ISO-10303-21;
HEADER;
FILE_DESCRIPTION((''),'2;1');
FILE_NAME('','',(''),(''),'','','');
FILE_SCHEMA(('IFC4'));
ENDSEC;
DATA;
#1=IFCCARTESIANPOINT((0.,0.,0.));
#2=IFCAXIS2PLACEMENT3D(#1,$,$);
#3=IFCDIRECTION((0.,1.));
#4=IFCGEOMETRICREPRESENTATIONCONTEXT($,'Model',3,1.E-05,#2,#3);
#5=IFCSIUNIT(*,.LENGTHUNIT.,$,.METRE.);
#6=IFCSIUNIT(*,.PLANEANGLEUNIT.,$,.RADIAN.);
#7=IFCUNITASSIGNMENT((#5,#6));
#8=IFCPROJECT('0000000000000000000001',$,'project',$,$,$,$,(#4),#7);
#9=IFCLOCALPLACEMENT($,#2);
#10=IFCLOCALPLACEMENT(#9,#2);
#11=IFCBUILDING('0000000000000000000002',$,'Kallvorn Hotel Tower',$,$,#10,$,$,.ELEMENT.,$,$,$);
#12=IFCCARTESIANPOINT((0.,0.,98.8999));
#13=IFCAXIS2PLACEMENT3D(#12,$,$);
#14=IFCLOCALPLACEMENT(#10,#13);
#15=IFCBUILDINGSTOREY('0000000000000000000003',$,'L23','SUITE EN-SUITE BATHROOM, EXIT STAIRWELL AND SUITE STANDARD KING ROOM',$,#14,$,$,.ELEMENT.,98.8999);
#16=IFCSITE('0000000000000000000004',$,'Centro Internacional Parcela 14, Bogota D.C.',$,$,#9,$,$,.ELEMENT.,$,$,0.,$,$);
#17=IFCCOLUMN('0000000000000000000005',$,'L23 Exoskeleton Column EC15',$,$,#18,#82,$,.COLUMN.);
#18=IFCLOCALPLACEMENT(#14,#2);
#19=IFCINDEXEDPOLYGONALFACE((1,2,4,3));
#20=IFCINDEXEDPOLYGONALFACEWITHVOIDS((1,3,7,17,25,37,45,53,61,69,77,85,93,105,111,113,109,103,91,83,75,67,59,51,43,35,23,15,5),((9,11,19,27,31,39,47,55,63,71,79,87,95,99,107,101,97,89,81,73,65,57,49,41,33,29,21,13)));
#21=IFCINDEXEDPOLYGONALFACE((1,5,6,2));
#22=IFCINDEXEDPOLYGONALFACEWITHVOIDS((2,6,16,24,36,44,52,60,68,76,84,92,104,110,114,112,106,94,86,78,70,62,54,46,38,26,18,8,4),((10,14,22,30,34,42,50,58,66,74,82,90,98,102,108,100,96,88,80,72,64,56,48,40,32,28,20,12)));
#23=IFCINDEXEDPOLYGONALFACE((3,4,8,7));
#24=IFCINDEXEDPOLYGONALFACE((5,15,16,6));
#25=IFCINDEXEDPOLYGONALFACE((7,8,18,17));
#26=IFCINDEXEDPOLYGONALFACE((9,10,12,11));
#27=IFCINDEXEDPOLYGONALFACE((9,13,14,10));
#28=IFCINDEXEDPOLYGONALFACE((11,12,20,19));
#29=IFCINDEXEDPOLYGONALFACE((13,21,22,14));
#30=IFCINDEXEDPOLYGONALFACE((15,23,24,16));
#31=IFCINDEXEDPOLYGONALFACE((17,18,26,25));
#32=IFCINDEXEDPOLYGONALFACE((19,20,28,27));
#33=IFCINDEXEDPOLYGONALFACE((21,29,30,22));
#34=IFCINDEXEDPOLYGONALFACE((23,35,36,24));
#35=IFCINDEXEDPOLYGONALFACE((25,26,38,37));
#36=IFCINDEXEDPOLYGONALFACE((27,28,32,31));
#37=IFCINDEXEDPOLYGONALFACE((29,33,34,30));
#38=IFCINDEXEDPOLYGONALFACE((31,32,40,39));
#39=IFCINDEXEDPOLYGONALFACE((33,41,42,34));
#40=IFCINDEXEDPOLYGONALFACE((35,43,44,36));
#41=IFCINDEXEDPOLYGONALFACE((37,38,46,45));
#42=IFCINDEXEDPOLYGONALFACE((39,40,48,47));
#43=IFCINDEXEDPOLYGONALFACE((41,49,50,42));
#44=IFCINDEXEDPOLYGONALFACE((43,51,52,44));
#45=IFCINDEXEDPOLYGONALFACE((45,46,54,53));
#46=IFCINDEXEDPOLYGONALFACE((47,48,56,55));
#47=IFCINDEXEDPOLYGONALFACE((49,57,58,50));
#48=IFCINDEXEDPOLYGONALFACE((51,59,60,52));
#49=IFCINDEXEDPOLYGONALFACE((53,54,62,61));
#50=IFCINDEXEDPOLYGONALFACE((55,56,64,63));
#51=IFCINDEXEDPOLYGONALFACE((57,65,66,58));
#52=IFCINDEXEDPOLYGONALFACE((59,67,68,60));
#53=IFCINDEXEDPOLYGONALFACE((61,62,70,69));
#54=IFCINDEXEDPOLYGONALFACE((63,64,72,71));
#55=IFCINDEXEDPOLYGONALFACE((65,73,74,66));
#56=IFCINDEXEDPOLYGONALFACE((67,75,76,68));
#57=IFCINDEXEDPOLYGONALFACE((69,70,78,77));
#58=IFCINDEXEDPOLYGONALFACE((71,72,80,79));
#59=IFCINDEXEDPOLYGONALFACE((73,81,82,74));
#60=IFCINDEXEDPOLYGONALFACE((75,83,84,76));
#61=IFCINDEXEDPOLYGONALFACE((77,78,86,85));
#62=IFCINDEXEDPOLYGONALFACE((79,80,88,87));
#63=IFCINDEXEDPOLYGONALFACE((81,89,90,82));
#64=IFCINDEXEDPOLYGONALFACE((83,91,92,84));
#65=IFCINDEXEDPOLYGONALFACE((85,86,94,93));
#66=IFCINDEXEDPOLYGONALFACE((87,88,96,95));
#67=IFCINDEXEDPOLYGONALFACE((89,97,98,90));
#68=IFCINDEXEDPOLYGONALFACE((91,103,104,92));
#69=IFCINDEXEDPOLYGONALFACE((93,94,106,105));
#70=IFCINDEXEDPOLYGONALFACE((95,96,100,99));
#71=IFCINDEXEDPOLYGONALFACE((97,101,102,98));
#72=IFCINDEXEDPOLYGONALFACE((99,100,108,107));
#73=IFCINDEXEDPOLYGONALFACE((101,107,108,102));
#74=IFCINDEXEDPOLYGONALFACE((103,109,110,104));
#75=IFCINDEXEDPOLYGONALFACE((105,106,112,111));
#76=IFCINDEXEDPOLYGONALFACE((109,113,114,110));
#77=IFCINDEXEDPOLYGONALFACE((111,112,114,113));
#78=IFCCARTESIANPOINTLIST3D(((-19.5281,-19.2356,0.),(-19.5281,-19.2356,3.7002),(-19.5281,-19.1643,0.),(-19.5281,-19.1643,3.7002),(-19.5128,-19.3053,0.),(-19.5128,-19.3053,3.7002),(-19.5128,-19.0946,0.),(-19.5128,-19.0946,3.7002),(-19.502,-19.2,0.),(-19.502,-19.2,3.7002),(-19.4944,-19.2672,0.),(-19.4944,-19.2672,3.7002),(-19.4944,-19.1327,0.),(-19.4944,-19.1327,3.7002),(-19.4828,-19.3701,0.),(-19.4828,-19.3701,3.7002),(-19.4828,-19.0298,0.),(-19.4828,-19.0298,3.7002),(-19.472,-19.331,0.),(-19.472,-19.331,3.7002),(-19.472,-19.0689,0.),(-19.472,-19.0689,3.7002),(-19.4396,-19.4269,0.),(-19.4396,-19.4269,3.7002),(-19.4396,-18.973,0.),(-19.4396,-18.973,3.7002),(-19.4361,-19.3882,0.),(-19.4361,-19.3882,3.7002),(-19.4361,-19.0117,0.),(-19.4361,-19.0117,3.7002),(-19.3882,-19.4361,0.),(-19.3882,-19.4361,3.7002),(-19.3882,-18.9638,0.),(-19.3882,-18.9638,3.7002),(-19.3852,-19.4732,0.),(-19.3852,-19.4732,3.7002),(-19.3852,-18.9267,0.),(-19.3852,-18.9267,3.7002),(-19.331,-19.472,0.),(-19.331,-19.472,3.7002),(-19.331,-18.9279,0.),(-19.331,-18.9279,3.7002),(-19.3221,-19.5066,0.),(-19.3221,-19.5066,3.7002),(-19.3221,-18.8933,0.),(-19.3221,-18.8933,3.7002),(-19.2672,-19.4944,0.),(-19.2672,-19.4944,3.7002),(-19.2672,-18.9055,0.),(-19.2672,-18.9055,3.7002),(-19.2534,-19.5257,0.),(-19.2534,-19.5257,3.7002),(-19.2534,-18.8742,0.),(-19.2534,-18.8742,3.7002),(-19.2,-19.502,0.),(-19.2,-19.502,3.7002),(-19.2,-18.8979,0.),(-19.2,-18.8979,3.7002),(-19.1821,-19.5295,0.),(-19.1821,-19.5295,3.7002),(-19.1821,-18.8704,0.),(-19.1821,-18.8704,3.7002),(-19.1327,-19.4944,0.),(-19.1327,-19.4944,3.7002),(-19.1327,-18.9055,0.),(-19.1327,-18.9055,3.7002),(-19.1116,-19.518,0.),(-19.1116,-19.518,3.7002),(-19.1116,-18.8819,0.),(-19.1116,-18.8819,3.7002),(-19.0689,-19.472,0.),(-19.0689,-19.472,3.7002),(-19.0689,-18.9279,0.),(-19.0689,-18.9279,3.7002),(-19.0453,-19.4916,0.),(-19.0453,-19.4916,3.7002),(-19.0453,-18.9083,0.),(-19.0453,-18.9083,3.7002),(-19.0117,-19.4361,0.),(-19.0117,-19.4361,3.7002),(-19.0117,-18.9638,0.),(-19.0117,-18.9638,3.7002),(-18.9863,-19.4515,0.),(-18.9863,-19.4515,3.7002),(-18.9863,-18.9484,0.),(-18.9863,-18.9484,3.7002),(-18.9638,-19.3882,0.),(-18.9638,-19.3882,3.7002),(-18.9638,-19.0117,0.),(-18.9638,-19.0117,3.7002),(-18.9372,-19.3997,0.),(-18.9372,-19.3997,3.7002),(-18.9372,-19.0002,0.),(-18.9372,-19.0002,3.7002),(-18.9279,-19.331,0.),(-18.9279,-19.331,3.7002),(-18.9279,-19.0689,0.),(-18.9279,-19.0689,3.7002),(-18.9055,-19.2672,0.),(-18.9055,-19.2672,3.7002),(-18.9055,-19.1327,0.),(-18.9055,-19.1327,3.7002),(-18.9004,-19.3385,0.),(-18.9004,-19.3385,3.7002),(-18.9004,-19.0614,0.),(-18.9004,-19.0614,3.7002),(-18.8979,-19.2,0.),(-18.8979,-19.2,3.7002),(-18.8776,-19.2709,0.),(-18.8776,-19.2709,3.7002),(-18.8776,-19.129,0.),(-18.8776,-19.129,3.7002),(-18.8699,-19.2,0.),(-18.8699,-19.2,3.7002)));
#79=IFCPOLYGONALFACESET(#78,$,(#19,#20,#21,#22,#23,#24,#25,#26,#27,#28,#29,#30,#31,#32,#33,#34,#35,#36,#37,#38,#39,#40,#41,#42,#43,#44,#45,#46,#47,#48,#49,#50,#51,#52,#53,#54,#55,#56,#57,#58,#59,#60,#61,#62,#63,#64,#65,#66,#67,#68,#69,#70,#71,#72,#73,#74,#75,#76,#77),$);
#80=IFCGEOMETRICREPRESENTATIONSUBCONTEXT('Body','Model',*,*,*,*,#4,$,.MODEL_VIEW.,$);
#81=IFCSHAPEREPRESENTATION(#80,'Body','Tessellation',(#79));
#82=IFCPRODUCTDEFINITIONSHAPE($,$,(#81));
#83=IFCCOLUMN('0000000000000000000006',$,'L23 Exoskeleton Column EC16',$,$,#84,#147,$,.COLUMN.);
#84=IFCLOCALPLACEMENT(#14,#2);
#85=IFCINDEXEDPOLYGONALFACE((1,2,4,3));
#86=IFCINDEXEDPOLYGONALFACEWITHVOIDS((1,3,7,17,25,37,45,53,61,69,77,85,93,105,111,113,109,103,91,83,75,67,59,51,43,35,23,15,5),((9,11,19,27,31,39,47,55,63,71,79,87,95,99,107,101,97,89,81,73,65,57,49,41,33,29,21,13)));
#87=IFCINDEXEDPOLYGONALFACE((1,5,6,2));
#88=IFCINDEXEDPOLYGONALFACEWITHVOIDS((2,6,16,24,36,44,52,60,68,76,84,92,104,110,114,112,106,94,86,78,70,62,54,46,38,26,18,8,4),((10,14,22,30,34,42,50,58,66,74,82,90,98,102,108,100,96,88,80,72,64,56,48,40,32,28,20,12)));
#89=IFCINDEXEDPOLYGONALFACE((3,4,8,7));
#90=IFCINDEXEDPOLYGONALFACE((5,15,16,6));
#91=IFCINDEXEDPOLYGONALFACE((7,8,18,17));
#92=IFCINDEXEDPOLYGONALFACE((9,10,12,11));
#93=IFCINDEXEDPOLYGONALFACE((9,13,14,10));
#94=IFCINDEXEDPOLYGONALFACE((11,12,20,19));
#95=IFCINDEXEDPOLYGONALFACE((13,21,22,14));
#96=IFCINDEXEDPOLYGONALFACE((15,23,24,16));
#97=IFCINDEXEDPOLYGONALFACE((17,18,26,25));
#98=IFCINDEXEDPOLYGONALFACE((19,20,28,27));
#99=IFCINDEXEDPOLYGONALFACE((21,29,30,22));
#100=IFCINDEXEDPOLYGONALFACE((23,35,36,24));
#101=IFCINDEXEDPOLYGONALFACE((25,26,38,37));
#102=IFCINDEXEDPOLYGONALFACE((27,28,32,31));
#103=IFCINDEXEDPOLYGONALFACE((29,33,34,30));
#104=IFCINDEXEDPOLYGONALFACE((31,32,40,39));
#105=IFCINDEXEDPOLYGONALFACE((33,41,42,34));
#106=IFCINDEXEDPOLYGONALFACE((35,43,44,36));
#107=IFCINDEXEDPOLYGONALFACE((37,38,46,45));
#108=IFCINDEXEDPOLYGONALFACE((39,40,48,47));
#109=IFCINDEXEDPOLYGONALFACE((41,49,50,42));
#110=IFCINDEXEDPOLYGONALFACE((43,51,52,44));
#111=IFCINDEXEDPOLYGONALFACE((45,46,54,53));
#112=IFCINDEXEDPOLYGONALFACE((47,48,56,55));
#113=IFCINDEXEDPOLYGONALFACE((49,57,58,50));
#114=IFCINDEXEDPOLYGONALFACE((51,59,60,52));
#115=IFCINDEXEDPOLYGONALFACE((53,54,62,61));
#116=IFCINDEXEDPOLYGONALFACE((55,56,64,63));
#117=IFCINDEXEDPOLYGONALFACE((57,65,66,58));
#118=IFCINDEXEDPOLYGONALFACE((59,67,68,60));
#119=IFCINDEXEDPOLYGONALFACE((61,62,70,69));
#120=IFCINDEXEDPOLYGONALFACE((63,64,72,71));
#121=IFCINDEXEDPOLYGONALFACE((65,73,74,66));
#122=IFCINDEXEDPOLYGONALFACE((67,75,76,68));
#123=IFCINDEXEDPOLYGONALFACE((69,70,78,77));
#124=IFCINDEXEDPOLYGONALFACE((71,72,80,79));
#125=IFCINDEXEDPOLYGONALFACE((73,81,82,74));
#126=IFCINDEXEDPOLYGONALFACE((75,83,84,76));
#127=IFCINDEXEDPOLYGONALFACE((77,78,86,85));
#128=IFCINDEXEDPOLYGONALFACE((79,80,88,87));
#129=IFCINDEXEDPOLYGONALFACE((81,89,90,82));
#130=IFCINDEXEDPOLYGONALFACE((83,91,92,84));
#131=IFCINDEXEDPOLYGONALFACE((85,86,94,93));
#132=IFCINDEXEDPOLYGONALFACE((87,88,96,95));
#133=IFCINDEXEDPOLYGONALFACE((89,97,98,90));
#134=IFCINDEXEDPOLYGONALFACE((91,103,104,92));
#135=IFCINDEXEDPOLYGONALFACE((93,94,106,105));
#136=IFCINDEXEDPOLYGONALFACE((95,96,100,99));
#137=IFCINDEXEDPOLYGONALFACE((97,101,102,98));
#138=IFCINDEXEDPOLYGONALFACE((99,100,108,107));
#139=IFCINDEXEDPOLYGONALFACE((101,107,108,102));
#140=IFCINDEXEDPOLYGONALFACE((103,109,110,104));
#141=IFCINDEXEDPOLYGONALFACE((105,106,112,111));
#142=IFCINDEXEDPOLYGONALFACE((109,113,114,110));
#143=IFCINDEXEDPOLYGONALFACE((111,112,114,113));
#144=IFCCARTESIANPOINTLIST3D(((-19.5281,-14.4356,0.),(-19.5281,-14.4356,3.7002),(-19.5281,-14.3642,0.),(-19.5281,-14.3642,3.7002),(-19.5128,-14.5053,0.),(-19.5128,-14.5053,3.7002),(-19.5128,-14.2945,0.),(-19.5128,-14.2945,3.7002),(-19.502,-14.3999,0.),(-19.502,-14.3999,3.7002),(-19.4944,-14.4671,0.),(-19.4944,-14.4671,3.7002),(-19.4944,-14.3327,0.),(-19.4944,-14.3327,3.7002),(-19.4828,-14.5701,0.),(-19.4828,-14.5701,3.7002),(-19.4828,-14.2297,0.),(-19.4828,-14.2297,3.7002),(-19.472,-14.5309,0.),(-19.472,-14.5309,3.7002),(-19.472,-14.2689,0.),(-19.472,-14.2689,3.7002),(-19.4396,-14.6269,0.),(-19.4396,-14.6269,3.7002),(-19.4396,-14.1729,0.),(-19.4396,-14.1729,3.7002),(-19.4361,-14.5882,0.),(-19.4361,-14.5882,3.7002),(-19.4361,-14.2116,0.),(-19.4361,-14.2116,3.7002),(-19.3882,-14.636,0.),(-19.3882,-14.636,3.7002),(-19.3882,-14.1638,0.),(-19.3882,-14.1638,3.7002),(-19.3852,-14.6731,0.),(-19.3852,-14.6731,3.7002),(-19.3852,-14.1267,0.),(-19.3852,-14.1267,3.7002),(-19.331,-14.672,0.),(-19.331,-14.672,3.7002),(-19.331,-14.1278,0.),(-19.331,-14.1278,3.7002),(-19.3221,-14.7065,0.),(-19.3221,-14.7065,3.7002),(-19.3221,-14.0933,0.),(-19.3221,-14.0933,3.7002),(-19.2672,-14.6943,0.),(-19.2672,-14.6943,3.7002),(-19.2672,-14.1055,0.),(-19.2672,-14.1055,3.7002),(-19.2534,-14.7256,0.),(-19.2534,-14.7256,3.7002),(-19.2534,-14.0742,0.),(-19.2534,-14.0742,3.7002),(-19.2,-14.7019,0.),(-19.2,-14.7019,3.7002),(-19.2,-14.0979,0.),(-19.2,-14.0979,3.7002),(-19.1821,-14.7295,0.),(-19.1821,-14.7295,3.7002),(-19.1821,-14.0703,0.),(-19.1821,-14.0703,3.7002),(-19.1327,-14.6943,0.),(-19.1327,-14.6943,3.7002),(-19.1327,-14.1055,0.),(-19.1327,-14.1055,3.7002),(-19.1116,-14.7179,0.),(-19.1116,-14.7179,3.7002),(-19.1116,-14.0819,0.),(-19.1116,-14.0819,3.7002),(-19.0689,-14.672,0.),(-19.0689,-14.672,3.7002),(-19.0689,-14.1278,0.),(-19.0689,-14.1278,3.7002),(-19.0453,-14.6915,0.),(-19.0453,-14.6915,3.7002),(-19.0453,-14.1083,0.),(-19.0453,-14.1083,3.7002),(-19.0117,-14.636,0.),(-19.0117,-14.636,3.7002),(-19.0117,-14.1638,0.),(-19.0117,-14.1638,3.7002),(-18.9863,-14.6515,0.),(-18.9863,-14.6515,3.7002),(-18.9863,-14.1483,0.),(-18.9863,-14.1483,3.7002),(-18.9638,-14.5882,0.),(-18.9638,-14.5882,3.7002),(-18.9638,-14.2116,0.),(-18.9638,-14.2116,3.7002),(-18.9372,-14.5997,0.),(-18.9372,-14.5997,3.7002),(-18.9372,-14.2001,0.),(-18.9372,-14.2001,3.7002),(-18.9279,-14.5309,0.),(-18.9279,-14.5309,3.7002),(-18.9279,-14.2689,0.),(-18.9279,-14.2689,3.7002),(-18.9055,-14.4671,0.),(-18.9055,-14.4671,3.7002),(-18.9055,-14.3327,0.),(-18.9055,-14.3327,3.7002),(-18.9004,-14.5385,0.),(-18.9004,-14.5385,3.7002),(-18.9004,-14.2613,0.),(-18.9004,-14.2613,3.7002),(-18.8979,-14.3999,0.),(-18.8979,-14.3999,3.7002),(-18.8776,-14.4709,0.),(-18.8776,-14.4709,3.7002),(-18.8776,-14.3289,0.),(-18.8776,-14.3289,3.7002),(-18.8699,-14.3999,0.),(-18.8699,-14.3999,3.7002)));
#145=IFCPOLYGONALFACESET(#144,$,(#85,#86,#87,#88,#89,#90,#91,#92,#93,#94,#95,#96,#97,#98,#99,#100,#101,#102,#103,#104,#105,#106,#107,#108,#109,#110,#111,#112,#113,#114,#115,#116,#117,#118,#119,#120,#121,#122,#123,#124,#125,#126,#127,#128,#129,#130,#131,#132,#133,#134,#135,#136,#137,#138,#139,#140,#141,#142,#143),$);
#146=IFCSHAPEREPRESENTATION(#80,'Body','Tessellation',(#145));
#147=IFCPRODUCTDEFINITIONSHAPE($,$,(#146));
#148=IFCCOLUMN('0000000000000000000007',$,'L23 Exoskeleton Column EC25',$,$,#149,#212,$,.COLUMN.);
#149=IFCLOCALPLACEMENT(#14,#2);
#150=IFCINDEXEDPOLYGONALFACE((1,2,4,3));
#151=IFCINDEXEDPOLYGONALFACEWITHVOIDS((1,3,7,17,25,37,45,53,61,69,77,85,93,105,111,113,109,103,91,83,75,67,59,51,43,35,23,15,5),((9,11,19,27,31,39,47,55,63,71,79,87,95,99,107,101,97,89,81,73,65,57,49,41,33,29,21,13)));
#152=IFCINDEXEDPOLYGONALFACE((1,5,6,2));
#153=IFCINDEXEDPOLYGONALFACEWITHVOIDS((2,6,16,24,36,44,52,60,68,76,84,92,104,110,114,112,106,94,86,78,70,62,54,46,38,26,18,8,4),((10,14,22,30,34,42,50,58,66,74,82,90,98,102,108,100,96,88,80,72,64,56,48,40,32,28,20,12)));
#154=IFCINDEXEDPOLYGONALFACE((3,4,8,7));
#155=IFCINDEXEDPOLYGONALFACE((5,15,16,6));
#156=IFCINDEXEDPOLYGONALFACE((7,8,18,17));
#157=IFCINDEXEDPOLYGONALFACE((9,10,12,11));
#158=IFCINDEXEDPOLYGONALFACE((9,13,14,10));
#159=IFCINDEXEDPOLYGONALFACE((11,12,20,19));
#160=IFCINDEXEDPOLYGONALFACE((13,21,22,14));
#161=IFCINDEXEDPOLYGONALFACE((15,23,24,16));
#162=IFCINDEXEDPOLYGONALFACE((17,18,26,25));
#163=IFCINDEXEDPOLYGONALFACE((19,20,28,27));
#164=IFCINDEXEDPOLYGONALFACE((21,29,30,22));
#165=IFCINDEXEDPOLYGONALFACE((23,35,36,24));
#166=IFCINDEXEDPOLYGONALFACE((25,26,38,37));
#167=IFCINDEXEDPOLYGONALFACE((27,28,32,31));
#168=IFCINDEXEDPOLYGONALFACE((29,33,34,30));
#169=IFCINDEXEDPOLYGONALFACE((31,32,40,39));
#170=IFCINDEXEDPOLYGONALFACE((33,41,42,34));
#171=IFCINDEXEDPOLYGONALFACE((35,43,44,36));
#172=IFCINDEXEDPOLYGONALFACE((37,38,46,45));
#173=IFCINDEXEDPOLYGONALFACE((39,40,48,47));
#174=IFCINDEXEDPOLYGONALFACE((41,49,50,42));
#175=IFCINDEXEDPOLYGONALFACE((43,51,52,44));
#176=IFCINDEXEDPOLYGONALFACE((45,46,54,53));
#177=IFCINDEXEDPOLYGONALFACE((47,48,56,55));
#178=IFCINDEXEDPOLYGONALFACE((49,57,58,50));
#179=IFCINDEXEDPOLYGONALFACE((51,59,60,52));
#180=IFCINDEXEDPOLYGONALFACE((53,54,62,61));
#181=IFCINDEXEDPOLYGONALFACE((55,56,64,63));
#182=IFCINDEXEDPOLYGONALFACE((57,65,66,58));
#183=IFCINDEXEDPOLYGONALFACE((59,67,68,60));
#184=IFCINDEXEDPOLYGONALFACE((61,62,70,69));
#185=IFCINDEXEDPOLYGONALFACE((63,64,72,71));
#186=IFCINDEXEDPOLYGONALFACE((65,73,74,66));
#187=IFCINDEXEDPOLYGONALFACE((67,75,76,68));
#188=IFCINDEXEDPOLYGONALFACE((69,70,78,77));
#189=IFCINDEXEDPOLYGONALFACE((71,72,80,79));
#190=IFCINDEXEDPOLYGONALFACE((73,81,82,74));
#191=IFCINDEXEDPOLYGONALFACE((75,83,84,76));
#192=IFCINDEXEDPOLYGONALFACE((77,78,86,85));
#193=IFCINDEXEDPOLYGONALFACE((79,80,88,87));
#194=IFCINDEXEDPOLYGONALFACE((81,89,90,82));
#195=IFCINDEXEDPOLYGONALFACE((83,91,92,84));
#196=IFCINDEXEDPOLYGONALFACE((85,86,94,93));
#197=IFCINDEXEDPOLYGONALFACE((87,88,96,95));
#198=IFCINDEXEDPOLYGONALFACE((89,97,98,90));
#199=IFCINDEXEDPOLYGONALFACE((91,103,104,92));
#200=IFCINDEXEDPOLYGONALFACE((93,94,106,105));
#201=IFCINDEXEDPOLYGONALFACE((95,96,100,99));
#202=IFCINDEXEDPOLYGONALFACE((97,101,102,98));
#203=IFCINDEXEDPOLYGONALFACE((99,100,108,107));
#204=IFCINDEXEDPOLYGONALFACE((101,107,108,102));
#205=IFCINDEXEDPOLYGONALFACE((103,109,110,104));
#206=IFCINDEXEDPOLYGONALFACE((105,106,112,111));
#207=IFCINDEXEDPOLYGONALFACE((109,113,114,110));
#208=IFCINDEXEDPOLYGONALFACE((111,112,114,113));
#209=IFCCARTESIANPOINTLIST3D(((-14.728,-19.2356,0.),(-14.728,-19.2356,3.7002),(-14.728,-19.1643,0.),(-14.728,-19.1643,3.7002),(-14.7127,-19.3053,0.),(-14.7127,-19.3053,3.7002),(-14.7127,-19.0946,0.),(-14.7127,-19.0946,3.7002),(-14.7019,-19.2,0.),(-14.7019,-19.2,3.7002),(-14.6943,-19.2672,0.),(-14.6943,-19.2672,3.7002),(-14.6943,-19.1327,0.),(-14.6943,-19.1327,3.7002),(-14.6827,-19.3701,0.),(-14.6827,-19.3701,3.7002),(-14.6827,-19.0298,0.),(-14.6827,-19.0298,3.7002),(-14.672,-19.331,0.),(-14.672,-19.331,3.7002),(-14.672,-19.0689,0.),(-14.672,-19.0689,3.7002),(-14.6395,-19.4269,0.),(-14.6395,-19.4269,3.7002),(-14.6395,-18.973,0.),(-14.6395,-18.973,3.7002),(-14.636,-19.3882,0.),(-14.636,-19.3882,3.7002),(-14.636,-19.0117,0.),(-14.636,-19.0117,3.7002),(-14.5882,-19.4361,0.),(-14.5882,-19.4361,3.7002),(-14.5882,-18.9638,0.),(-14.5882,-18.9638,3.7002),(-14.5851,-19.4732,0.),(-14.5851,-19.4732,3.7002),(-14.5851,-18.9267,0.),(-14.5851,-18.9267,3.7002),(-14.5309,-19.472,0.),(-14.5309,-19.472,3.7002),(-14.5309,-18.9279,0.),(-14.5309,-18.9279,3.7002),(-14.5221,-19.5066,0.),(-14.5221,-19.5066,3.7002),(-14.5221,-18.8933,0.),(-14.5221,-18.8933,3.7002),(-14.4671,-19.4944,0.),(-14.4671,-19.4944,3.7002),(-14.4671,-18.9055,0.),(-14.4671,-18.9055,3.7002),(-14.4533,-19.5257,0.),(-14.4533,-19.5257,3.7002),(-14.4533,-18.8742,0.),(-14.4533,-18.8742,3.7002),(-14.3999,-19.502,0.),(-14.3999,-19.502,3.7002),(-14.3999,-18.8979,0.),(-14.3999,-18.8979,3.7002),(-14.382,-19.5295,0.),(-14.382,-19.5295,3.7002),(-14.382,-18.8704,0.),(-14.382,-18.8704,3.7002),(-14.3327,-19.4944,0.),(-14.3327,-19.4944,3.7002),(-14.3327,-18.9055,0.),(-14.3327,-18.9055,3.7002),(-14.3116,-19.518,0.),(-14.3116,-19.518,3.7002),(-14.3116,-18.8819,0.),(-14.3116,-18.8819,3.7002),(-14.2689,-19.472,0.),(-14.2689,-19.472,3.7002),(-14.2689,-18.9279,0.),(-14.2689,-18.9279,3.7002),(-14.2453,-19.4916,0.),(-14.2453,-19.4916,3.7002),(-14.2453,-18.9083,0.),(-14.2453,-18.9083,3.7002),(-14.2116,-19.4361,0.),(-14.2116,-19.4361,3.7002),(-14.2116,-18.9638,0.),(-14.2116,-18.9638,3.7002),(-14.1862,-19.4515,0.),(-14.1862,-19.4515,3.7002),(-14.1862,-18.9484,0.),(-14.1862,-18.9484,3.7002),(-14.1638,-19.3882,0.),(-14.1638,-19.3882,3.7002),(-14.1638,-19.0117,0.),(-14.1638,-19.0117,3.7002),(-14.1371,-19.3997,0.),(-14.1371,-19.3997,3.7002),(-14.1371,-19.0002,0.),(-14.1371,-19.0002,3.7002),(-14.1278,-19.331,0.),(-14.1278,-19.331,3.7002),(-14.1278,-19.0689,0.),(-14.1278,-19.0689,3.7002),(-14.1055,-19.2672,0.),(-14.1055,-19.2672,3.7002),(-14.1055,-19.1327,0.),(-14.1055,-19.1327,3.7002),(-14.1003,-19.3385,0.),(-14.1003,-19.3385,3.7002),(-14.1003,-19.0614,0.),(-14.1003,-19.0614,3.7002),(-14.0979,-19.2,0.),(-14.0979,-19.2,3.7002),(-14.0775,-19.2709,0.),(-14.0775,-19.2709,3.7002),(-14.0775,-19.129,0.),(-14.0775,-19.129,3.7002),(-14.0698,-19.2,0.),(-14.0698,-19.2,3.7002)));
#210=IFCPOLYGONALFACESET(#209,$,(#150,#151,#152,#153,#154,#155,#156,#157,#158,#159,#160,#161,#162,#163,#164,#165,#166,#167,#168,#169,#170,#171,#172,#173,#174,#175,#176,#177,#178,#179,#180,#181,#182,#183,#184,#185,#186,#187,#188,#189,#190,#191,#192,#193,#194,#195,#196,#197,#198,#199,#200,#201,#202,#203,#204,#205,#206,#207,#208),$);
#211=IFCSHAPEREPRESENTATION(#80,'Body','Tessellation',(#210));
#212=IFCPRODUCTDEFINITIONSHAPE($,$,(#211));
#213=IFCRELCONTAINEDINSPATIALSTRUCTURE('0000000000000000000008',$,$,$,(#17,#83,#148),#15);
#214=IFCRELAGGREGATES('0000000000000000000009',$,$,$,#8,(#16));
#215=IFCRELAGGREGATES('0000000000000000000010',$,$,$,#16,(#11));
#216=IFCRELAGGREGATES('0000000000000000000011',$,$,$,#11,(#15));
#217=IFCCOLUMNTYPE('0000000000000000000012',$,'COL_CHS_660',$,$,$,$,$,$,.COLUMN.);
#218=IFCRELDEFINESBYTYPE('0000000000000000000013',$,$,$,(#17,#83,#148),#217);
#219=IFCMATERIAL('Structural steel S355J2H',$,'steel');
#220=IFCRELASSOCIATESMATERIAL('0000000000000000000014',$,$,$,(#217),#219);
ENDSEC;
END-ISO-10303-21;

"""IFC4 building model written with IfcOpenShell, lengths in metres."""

from ifc_helpers import new_model, si_unit, direction, frame, origin, origin_2d, place, context, subcontext, project, spatial, hollow_circle, extrude, material, material_profile, profile_set, type_object, element, save


model = new_model("IFC4")

# Units and contexts
model_context = context("Model", 3, precision=1e-05, world=origin(), true_north=direction((0.0, 1.0)))
body_context = subcontext(model_context, "Body", "Model", "MODEL_VIEW")
ifc_project = project(units=[si_unit("LENGTHUNIT", "METRE"), si_unit("PLANEANGLEUNIT", "RADIAN")], contexts=[model_context])

# Site, building, storey
site_placement = place(None, origin())
site = spatial("IfcSite", under=ifc_project, at=site_placement, Name="Centro Internacional Parcela 14, Bogota D.C.", CompositionType="ELEMENT", RefElevation=0.0)
building_placement = place(site_placement, origin())
building = spatial("IfcBuilding", under=site, at=building_placement, Name="Kallvorn Hotel Tower", CompositionType="ELEMENT")
storey_placement = place(building_placement, frame((0.0, 0.0, 98.8999)))
storey = spatial("IfcBuildingStorey", under=building, at=storey_placement, Name="L23", Description="SUITE EN-SUITE BATHROOM, EXIT STAIRWELL AND SUITE STANDARD KING ROOM", CompositionType="ELEMENT", Elevation=98.8999)

# Columns
ifc_material_1 = material(Name="Structural steel S355J2H", Category="steel")
ifc_material_profile_1 = material_profile(ifc_material_1, hollow_circle(Radius=0.3301, WallThickness=0.0281, at=origin_2d()), Name="CHS 660x28")
ifc_profile_set_1 = profile_set([ifc_material_profile_1], Name="Structural steel S355J2H")
column_type_1 = type_object("IfcColumnType", Name="COL_CHS_660", PredefinedType="COLUMN", material=ifc_profile_set_1)
for number, where, z_axis, x_axis, name in (
    (1, (-19.2, -19.2, 0.0), (0.0, 0.0, 1.0), (1.0, 0.0, 0.0), "L23 Exoskeleton Column EC15"),
    (2, (-19.2, -14.3999, 0.0), (0.0, 0.0, 1.0), (1.0, 0.0, 0.0), "L23 Exoskeleton Column EC16"),
    (3, (-14.3999, -19.2, 0.0), (0.0, 0.0, 1.0), (1.0, 0.0, 0.0), "L23 Exoskeleton Column EC25"),
):
    element("IfcColumn", number, at=place(storey_placement, frame(where, z_axis=z_axis, x_axis=x_axis)), inside=storey, type_object=column_type_1, Name=name, PredefinedType="COLUMN", context=body_context, shape_type="SweptSolid", body=[
        extrude(hollow_circle(Radius=0.3301, WallThickness=0.0281, at=origin_2d()), origin(), (0.0, 0.0, 1.0), 3.7002),
    ])

save(model, "model.ifc")
